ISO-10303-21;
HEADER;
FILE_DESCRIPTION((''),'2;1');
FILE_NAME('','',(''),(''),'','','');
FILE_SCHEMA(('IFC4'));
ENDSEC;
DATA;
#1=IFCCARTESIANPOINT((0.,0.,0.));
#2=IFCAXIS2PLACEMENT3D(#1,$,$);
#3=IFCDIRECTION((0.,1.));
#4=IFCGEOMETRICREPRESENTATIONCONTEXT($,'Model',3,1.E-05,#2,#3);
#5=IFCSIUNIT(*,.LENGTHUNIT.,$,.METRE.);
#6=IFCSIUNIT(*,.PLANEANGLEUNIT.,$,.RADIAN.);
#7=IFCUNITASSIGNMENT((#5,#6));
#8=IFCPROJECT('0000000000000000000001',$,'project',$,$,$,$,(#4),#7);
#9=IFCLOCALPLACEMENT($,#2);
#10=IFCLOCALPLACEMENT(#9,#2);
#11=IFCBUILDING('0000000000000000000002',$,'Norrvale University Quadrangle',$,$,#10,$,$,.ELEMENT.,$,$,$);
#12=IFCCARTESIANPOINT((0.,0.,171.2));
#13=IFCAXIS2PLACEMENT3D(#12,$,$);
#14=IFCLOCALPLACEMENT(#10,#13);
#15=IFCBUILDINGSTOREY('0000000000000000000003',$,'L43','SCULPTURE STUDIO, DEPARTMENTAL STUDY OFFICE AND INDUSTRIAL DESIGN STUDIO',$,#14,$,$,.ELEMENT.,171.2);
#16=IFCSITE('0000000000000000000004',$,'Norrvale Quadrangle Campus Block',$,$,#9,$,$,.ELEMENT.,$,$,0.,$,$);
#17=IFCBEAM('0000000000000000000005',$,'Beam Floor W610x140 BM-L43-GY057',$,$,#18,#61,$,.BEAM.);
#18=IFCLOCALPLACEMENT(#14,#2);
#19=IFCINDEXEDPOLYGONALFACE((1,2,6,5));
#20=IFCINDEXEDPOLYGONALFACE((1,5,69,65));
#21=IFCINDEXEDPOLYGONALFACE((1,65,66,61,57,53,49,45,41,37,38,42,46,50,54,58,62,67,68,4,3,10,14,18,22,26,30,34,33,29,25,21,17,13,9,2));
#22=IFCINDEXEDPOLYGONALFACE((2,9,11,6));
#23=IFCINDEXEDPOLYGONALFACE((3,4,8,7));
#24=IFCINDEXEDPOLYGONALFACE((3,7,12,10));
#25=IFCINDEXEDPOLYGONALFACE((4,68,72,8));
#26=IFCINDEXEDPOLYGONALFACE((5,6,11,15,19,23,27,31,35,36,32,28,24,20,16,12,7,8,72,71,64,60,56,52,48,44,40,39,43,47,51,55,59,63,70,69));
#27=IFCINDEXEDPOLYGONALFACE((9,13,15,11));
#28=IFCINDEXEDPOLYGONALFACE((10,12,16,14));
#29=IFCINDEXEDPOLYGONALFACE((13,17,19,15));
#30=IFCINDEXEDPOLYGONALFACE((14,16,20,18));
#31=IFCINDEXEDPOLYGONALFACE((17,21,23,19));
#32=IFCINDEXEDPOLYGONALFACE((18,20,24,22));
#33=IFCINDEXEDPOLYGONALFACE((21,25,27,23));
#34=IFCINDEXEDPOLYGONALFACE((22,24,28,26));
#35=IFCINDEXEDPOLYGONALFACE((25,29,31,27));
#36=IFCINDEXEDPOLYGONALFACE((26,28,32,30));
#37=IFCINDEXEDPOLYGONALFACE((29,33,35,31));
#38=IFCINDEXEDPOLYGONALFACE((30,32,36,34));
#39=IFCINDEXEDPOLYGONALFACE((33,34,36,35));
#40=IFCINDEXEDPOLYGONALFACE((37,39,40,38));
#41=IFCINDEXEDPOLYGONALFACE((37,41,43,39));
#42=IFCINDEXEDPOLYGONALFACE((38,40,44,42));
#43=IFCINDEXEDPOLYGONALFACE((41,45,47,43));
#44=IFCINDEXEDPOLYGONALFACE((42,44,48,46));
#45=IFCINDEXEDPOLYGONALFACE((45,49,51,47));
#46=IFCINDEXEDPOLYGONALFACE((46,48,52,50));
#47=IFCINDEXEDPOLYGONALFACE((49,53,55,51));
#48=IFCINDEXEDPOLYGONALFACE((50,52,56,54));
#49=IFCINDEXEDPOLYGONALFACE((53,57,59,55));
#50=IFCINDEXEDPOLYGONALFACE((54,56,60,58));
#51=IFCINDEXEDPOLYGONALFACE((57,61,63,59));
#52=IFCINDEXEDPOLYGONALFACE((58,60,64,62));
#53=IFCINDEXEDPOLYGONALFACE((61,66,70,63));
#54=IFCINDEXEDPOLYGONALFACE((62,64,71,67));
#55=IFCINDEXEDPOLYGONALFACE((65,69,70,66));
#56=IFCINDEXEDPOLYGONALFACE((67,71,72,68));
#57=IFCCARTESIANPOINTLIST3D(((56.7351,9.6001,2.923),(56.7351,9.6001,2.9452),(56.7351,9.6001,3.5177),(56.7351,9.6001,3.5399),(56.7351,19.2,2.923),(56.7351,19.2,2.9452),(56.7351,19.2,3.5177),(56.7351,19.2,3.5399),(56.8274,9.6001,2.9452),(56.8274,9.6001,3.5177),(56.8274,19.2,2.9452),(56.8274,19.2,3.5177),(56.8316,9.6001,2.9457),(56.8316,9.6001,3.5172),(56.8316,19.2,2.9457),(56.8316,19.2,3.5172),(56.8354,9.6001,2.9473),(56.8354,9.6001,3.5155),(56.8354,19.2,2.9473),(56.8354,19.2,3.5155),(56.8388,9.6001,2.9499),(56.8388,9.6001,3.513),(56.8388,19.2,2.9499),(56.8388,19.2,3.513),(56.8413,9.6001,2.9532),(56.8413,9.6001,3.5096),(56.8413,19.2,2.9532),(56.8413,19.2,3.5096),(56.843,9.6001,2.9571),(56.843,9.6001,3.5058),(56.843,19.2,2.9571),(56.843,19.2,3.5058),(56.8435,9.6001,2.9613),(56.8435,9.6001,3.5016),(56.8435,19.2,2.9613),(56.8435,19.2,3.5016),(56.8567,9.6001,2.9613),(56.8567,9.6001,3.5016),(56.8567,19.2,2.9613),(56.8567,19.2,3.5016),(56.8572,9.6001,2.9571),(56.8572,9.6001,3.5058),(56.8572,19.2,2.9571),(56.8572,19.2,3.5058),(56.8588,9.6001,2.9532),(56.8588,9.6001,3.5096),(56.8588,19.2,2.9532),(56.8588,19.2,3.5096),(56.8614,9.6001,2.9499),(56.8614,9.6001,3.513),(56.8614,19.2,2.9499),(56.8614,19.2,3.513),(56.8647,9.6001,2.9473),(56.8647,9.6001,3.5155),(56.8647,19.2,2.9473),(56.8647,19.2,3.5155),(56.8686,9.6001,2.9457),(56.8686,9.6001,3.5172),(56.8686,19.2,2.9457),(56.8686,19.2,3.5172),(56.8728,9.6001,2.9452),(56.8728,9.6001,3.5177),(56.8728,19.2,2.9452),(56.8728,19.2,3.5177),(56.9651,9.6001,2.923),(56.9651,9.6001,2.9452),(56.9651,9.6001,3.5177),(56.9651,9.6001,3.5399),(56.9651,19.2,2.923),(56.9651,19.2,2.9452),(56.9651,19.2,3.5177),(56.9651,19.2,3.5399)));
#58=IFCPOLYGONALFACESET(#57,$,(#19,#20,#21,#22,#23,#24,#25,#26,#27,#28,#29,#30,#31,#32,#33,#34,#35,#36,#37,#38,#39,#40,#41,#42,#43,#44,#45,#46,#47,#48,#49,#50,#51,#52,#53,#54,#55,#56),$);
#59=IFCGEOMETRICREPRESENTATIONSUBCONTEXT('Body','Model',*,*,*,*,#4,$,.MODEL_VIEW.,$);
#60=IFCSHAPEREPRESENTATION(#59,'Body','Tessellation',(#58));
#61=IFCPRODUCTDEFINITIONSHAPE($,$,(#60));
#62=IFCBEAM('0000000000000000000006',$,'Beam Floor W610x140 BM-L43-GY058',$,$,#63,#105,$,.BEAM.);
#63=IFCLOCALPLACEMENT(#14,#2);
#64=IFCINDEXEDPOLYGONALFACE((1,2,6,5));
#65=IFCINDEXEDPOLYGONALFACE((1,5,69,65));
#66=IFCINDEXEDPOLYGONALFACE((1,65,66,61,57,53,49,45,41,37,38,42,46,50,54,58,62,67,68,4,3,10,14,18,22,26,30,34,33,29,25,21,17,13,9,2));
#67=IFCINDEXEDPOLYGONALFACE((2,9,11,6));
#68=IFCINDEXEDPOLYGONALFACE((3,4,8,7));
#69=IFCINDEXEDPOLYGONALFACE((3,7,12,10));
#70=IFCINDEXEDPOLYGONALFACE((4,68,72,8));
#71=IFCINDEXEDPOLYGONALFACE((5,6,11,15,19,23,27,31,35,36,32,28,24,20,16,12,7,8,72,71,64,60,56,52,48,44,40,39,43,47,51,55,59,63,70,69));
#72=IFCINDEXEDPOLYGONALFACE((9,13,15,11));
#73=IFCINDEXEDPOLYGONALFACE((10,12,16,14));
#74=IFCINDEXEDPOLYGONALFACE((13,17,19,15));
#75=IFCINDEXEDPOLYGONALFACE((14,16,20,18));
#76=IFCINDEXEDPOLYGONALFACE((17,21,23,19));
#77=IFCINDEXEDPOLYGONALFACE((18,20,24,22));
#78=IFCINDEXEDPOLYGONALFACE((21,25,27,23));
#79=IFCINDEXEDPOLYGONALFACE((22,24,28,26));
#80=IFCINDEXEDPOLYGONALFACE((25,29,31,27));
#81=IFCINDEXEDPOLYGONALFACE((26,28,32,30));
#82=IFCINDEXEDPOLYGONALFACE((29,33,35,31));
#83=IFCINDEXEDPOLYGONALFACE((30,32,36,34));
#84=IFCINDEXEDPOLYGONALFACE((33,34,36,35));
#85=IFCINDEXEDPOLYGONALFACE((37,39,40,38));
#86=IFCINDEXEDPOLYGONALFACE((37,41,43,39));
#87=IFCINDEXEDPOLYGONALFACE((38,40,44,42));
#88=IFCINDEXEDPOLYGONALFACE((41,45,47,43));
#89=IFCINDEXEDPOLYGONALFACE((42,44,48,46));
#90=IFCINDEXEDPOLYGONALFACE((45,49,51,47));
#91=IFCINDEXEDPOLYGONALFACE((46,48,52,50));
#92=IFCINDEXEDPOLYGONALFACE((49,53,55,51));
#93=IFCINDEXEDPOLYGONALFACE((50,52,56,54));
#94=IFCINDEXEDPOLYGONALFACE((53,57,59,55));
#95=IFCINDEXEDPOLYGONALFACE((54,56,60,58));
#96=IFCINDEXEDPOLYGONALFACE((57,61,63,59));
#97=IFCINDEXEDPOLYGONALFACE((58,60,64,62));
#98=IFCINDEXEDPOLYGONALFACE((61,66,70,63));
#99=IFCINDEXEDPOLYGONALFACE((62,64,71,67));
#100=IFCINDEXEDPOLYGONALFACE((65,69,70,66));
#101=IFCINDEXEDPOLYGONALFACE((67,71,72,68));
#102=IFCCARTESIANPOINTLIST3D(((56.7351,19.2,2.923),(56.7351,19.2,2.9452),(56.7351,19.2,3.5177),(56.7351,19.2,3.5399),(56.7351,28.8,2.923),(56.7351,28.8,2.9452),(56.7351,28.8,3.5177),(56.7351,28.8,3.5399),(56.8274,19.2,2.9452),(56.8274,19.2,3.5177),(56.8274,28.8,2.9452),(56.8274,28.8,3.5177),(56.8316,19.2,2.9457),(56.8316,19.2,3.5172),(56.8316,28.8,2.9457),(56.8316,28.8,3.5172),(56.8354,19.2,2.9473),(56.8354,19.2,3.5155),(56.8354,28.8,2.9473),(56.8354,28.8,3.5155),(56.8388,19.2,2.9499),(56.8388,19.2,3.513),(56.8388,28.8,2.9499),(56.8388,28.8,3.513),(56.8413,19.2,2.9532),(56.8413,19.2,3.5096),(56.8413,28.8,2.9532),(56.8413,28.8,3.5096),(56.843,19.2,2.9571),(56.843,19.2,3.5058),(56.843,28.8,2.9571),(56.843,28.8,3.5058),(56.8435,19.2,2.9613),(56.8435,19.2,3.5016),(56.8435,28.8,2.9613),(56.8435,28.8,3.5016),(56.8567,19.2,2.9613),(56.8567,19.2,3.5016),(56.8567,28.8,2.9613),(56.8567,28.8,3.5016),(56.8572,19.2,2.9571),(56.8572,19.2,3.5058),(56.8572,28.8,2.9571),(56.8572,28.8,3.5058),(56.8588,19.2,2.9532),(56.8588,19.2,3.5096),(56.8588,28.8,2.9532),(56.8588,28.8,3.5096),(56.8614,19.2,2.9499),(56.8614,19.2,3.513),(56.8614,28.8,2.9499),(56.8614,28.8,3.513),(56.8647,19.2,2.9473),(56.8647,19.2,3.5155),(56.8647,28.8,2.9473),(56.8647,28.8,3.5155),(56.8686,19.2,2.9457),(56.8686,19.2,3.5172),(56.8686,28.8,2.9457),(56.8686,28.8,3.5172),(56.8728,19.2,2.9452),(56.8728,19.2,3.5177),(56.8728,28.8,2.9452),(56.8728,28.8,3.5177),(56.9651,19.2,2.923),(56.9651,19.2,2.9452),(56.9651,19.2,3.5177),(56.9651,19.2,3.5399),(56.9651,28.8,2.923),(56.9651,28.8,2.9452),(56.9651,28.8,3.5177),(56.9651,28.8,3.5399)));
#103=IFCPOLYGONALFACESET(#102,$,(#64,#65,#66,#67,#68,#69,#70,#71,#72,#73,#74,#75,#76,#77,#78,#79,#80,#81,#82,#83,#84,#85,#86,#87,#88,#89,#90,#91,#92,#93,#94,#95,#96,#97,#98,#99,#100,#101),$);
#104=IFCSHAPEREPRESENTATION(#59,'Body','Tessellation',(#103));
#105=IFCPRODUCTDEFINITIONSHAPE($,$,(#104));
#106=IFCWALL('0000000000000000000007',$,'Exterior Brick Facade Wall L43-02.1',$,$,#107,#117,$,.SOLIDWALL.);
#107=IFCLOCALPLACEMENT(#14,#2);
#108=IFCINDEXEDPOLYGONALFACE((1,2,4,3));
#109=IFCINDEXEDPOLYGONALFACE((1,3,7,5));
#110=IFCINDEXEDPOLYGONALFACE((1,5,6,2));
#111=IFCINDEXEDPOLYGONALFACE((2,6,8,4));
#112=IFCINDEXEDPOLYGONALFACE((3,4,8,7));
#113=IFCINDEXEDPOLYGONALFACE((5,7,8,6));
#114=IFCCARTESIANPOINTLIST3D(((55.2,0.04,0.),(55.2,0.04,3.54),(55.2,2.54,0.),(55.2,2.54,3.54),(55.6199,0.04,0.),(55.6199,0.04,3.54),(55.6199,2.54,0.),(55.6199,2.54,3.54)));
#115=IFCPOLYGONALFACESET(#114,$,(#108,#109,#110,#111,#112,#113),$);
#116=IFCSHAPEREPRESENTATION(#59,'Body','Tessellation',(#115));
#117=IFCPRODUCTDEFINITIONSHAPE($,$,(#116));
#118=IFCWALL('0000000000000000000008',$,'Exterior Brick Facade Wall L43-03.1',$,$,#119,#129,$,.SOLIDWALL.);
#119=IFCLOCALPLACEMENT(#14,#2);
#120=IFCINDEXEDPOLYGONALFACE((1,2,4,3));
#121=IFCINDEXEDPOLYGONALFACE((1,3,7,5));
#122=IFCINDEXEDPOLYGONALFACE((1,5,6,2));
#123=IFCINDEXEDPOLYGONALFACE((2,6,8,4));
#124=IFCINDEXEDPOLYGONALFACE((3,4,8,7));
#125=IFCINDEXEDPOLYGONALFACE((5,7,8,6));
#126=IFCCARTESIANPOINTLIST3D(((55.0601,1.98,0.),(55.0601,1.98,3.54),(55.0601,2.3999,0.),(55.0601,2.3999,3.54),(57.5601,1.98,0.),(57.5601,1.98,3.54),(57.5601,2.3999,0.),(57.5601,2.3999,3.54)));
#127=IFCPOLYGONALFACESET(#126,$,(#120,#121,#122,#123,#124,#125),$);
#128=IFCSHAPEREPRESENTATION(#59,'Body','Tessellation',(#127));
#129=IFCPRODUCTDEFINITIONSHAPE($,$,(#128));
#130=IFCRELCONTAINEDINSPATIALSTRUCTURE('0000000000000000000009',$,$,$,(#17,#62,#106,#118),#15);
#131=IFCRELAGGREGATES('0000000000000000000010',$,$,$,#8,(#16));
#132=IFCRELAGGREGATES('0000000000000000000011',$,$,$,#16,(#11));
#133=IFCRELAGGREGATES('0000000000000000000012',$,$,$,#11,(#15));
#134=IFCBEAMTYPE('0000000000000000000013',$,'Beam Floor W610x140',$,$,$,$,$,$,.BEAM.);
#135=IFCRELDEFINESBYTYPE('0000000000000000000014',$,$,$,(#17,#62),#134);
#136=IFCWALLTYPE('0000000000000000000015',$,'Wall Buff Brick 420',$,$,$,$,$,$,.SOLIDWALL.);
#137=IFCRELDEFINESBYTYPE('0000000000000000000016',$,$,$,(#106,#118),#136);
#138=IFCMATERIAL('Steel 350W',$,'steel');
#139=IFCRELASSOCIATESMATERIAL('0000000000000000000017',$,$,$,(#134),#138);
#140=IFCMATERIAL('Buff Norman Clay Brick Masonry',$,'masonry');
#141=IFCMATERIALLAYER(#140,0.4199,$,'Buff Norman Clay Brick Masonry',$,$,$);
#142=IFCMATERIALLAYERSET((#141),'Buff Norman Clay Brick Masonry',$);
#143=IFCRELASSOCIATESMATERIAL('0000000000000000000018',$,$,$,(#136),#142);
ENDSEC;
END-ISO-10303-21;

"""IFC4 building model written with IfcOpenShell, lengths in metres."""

from ifc_helpers import new_model, si_unit, direction, frame, frame_2d, origin, origin_2d, place, context, subcontext, project, spatial, rectangle, i_section, extrude, material, layer, layer_set, material_profile, profile_set, type_object, element, save


model = new_model("IFC4")

# Units and contexts
model_context = context("Model", 3, precision=1e-05, world=origin(), true_north=direction((0.0, 1.0)))
body_context = subcontext(model_context, "Body", "Model", "MODEL_VIEW")
ifc_project = project(units=[si_unit("LENGTHUNIT", "METRE"), si_unit("PLANEANGLEUNIT", "RADIAN")], contexts=[model_context])

# Site, building, storey
site_placement = place(None, origin())
site = spatial("IfcSite", under=ifc_project, at=site_placement, Name="Norrvale Quadrangle Campus Block", CompositionType="ELEMENT", RefElevation=0.0)
building_placement = place(site_placement, origin())
building = spatial("IfcBuilding", under=site, at=building_placement, Name="Norrvale University Quadrangle", CompositionType="ELEMENT")
storey_placement = place(building_placement, frame((0.0, 0.0, 171.2)))
storey = spatial("IfcBuildingStorey", under=building, at=storey_placement, Name="L43", Description="SCULPTURE STUDIO, DEPARTMENTAL STUDY OFFICE AND INDUSTRIAL DESIGN STUDIO", CompositionType="ELEMENT", Elevation=171.2)

# Beams
ifc_material_1 = material(Name="Steel 350W", Category="steel")
ifc_material_profile_1 = material_profile(ifc_material_1, i_section(OverallWidth=0.23, OverallDepth=0.6169, WebThickness=0.0132, FlangeThickness=0.0222, FilletRadius=0.0161, at=origin_2d()), Name="Steel 350W")
ifc_profile_set_1 = profile_set([ifc_material_profile_1], Name="Steel 350W")
beam_type_1 = type_object("IfcBeamType", Name="Beam Floor W610x140", PredefinedType="BEAM", material=ifc_profile_set_1)
beam_1_placement = place(storey_placement, frame((56.8501, 9.6001, 3.2314), z_axis=(0.0, 1.0, 0.0), x_axis=(-1.0, 0.0, 0.0)))
element("IfcBeam", 1, at=beam_1_placement, inside=storey, type_object=beam_type_1, Name="Beam Floor W610x140 BM-L43-GY057", PredefinedType="BEAM", context=body_context, shape_type="SweptSolid", body=[
    extrude(i_section(OverallWidth=0.23, OverallDepth=0.6169, WebThickness=0.0132, FlangeThickness=0.0222, FilletRadius=0.0161, at=origin_2d()), origin(), (0.0, 0.0, 1.0), 9.5999),
])
beam_2_placement = place(storey_placement, frame((56.8501, 19.2, 3.2314), z_axis=(0.0, 1.0, 0.0), x_axis=(-1.0, 0.0, 0.0)))
element("IfcBeam", 2, at=beam_2_placement, inside=storey, type_object=beam_type_1, Name="Beam Floor W610x140 BM-L43-GY058", PredefinedType="BEAM", context=body_context, shape_type="SweptSolid", body=[
    extrude(i_section(OverallWidth=0.23, OverallDepth=0.6169, WebThickness=0.0132, FlangeThickness=0.0222, FilletRadius=0.0161, at=origin_2d()), origin(), (0.0, 0.0, 1.0), 9.6001),
])

# Walls
ifc_material_2 = material(Name="Buff Norman Clay Brick Masonry", Category="masonry")
ifc_layer_1 = layer(ifc_material_2, 0.4199, Name="Buff Norman Clay Brick Masonry")
ifc_layer_set_1 = layer_set([ifc_layer_1], Name="Buff Norman Clay Brick Masonry")
wall_type_1 = type_object("IfcWallType", Name="Wall Buff Brick 420", PredefinedType="SOLIDWALL", material=ifc_layer_set_1)
for number, where, z_axis, x_axis, name in (
    (3, (55.4099, 0.04, 0.0), (0.0, 0.0, 1.0), (0.0, 1.0, 0.0), "Exterior Brick Facade Wall L43-02.1"),
    (4, (55.0601, 2.1899, 0.0), (0.0, 0.0, 1.0), (1.0, 0.0, 0.0), "Exterior Brick Facade Wall L43-03.1"),
):
    element("IfcWall", number, at=place(storey_placement, frame(where, z_axis=z_axis, x_axis=x_axis)), inside=storey, type_object=wall_type_1, Name=name, PredefinedType="SOLIDWALL", context=body_context, shape_type="SweptSolid", body=[
        extrude(rectangle(XDim=2.5, YDim=0.4199, at=frame_2d((1.25, 0.0))), origin(), (0.0, 0.0, 1.0), 3.54),
    ])

save(model, "model.ifc")
